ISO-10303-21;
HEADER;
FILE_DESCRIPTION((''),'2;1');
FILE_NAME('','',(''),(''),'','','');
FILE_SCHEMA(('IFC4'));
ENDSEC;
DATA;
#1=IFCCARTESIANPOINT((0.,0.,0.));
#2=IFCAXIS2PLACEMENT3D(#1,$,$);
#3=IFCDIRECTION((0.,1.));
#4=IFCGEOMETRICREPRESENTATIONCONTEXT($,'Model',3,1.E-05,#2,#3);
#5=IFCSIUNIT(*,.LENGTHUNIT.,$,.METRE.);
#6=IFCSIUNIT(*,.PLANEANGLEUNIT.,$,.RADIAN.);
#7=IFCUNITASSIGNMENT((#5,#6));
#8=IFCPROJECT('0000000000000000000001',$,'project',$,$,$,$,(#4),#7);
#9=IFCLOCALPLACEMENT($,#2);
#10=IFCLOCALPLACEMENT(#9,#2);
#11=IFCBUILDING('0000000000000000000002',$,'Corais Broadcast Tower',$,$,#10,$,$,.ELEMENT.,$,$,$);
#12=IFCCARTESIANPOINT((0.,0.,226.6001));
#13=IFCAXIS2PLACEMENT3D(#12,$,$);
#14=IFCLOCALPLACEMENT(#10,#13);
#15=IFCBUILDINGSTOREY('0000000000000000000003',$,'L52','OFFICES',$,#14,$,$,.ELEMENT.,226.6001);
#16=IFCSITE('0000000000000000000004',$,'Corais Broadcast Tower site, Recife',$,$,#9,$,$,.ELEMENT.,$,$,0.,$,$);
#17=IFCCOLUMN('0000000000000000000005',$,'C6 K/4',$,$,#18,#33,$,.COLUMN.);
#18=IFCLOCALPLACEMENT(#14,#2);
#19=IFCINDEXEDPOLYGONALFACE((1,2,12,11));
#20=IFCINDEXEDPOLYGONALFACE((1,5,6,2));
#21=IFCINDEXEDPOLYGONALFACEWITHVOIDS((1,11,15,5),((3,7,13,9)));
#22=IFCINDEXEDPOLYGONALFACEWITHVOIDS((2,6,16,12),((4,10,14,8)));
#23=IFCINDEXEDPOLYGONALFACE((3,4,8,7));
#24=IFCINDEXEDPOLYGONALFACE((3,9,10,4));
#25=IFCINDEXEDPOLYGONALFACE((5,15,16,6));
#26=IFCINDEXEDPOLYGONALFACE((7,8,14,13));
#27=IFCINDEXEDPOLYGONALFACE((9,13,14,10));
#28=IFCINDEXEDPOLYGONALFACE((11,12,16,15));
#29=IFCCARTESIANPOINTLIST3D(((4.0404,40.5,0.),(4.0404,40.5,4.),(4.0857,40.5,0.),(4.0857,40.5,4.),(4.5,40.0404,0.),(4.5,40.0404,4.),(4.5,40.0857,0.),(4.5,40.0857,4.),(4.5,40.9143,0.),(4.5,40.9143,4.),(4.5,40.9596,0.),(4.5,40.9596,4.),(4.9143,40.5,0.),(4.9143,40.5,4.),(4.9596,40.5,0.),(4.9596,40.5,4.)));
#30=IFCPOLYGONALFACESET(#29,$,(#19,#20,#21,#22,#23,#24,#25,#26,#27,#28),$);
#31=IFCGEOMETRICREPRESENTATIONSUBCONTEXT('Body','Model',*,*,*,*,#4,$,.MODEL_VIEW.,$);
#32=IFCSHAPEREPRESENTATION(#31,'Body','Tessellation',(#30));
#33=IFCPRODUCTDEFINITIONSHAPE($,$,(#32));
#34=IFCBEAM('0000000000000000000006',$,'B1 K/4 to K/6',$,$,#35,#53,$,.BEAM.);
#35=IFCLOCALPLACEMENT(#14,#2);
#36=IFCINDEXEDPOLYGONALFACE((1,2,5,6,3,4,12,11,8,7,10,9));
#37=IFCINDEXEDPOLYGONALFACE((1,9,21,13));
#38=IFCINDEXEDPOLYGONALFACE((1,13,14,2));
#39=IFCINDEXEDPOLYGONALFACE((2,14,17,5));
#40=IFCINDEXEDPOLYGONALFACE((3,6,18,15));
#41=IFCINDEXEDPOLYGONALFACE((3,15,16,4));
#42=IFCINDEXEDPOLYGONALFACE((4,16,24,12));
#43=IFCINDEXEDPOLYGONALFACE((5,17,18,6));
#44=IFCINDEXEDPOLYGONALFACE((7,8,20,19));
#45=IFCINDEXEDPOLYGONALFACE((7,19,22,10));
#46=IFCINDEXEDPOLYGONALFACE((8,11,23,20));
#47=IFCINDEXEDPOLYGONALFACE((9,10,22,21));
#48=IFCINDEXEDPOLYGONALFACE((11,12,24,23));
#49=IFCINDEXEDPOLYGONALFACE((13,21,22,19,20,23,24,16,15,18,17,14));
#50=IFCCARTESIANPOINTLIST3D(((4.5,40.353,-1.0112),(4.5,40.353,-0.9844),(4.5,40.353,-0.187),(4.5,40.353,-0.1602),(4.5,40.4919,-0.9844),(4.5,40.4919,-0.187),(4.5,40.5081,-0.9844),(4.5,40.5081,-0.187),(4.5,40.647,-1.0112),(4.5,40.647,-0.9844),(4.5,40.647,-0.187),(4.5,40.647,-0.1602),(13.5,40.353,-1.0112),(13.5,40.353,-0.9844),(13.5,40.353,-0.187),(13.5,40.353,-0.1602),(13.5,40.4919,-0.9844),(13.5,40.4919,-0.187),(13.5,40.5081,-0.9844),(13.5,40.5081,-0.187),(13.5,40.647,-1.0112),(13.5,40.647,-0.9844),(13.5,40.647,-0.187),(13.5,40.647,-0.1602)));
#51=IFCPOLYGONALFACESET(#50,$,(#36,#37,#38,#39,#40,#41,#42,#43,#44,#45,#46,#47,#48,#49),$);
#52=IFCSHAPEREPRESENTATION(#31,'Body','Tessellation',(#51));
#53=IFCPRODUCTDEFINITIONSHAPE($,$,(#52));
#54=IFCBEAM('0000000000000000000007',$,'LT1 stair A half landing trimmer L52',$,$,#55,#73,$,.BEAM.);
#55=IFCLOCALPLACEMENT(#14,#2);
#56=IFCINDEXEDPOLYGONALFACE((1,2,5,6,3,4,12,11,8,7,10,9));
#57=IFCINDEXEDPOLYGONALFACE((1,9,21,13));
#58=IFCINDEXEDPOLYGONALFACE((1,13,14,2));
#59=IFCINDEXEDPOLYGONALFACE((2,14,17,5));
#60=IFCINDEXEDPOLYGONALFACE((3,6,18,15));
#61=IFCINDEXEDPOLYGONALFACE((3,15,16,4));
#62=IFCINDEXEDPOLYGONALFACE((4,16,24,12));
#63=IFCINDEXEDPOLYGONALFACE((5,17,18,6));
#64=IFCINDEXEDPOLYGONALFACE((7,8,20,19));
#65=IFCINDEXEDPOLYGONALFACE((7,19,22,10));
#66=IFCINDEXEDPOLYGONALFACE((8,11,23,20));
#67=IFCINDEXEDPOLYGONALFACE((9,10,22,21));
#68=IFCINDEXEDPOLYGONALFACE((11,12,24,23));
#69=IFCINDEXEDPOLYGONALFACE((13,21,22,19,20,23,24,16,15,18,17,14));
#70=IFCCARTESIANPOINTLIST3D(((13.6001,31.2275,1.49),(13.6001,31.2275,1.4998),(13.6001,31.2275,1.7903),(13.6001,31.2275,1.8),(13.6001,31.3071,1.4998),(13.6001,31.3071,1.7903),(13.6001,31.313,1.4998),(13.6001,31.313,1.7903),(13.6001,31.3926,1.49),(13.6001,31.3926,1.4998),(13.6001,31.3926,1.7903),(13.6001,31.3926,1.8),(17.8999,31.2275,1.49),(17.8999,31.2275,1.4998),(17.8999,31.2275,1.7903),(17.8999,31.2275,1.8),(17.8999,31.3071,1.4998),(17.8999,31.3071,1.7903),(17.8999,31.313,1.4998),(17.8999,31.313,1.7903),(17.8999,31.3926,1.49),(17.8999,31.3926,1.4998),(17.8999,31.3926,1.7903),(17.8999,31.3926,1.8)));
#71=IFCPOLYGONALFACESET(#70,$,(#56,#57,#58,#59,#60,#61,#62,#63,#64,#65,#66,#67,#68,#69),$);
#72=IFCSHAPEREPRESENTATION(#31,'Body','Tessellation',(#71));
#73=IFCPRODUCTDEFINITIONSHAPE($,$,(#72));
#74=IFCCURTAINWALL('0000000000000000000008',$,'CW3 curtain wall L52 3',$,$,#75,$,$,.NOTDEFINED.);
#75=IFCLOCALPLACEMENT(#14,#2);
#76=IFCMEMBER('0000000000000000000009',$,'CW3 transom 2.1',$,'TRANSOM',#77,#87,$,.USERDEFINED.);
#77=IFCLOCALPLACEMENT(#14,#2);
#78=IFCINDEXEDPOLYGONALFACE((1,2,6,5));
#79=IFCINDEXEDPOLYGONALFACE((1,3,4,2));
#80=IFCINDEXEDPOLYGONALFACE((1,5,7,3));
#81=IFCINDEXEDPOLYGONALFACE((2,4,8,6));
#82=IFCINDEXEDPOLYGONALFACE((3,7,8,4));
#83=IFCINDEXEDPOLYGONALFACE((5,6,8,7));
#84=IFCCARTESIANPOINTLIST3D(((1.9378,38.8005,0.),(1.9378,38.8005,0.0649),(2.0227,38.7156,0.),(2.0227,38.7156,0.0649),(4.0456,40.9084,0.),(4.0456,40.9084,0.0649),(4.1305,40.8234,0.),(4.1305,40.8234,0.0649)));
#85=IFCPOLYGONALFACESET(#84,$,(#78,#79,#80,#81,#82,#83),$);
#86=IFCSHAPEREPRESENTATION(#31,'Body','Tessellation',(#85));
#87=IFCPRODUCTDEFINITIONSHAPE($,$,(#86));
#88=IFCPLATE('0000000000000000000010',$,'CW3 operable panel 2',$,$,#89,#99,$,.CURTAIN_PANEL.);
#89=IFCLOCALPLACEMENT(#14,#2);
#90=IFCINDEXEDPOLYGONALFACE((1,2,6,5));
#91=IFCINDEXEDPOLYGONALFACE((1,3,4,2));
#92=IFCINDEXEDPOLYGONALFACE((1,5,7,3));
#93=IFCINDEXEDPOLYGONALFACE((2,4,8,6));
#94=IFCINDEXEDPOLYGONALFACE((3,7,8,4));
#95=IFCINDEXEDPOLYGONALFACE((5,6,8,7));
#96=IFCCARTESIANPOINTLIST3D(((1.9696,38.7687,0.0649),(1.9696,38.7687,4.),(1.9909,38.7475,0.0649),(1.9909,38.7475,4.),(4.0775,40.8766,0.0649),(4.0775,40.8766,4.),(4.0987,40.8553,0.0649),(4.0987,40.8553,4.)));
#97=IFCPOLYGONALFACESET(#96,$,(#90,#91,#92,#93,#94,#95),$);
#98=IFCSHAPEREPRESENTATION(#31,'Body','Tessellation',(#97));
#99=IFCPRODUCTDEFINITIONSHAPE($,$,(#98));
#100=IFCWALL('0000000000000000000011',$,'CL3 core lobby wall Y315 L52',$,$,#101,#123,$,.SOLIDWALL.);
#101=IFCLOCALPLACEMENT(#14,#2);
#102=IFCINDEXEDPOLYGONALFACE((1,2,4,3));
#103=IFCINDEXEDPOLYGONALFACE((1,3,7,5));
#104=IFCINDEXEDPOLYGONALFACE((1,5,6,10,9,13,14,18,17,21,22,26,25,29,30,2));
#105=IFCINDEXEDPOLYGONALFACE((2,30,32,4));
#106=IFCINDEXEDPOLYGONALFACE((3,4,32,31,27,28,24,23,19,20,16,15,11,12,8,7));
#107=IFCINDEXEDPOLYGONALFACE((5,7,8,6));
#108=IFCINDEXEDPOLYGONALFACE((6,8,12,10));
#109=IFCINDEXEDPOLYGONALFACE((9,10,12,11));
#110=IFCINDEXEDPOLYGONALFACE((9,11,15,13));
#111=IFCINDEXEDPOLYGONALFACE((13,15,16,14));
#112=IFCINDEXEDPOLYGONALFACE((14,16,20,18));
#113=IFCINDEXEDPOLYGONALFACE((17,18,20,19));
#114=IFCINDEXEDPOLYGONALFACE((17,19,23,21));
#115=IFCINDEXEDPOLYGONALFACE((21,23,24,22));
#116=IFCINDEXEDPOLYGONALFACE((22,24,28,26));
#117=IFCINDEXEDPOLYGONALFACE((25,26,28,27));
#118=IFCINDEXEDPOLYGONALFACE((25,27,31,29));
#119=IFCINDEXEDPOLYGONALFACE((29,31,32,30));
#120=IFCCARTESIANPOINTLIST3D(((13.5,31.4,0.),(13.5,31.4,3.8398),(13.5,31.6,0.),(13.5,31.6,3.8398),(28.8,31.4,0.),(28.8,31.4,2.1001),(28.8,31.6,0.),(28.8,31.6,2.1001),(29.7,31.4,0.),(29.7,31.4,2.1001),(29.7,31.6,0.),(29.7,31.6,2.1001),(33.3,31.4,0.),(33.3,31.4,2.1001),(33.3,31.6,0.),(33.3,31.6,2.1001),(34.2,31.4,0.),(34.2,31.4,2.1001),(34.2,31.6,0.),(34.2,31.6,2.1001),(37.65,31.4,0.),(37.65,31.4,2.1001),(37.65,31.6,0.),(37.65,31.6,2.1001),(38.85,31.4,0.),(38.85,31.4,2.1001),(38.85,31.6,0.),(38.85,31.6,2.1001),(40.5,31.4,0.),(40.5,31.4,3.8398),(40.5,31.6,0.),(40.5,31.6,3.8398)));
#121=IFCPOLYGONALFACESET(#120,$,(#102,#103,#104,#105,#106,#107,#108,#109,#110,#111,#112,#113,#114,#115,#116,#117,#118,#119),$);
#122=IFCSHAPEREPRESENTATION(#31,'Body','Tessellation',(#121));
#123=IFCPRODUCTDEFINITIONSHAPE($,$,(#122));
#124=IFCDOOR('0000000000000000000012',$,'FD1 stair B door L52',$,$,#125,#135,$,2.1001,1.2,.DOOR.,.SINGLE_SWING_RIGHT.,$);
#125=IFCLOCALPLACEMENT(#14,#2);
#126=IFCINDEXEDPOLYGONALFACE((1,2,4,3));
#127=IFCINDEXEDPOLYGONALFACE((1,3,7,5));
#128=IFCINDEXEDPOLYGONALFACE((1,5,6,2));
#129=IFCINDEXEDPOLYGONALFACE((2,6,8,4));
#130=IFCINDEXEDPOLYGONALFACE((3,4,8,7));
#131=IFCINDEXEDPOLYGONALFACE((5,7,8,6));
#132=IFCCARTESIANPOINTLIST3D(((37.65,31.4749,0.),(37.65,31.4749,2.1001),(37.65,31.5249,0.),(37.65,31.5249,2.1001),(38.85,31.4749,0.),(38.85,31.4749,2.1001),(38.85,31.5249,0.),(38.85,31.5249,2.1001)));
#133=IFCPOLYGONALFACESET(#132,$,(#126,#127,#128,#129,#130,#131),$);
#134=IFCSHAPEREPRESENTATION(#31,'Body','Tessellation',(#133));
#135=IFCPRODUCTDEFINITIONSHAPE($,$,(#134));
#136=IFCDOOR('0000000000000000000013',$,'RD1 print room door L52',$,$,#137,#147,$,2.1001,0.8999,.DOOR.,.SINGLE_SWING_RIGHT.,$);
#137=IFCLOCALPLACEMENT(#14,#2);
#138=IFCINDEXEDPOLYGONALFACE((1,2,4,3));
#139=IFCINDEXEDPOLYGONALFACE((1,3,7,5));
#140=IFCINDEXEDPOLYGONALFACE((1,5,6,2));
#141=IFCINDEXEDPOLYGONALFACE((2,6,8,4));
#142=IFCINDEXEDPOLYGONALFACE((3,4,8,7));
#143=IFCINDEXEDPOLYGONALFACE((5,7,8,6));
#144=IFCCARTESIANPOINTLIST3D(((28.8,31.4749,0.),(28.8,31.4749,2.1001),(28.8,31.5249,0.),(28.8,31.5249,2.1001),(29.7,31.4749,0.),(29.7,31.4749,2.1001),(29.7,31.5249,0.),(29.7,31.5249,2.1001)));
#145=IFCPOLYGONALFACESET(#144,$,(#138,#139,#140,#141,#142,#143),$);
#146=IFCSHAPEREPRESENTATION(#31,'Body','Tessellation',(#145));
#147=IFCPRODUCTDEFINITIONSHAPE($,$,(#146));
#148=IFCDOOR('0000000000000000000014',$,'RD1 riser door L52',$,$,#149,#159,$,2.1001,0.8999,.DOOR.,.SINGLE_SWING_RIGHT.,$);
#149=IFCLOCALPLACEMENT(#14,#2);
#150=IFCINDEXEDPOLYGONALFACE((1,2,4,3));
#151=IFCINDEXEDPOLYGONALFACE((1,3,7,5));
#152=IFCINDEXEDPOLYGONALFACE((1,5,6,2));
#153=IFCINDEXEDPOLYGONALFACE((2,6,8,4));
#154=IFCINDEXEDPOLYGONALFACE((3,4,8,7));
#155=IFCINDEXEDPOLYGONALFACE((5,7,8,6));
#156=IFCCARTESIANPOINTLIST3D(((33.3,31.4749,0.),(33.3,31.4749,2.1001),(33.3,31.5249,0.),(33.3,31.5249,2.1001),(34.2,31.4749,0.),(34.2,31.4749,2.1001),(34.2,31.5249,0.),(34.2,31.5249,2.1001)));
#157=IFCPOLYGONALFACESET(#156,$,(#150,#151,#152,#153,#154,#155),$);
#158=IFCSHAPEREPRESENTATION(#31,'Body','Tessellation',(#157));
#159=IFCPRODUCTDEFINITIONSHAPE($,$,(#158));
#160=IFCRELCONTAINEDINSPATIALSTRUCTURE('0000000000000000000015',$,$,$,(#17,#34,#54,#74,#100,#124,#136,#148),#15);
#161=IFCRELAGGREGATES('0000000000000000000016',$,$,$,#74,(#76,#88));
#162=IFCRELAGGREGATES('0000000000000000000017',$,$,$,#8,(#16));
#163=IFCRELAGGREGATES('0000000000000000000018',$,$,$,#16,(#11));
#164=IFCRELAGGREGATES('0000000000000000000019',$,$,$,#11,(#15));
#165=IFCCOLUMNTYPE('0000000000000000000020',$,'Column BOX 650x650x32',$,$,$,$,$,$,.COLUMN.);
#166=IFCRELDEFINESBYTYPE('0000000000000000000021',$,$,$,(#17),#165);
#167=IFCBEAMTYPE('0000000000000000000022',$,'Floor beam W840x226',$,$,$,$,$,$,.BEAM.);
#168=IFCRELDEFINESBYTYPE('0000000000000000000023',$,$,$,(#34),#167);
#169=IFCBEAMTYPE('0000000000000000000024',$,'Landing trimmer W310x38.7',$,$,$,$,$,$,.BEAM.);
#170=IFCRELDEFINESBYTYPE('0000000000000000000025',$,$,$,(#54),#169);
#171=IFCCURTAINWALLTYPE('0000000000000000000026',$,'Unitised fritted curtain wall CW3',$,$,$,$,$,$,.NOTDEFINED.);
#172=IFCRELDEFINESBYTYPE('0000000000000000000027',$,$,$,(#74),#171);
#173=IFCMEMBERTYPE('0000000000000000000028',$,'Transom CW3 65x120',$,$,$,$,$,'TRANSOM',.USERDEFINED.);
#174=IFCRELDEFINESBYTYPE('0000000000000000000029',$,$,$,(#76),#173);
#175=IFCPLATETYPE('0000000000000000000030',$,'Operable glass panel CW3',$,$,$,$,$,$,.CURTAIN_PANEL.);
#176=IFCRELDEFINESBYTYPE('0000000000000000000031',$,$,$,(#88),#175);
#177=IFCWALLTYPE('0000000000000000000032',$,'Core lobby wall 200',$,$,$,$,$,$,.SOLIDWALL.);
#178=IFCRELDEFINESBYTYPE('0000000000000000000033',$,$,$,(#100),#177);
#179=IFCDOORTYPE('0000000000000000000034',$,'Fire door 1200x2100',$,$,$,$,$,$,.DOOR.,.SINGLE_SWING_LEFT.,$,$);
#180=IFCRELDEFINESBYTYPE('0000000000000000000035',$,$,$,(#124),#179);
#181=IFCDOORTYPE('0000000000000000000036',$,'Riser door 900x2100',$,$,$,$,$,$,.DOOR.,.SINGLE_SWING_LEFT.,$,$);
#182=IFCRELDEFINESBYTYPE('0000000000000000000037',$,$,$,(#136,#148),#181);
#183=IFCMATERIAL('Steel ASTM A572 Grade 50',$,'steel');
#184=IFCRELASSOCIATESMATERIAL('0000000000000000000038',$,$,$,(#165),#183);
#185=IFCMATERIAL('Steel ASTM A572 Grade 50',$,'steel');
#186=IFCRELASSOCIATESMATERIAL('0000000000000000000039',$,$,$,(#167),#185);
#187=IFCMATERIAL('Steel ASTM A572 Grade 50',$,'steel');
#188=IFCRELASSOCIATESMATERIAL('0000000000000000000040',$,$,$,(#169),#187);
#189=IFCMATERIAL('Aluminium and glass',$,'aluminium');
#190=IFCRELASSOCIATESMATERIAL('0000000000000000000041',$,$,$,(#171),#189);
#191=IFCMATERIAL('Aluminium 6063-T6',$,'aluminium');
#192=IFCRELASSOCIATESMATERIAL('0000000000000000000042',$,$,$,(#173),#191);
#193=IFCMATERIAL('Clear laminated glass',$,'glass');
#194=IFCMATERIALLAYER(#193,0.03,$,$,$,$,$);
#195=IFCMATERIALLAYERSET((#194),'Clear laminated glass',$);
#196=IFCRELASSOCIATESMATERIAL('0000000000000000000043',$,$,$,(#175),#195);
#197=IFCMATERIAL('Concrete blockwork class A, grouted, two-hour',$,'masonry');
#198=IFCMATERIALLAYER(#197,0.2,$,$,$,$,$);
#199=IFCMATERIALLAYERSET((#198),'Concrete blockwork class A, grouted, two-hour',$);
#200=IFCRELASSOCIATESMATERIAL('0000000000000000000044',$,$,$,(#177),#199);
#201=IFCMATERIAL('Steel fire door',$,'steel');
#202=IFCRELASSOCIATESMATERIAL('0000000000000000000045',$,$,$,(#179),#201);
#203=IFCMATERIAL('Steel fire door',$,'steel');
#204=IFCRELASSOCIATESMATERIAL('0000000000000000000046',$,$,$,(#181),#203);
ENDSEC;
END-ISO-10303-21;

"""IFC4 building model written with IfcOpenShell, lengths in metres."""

from ifc_helpers import new_model, si_unit, direction, frame, frame_2d, origin, origin_2d, place, context, subcontext, project, spatial, rectangle, hollow_rectangle, i_section, extrude, material, layer, layer_set, material_profile, profile_set, type_object, element, fill, aggregate, save


model = new_model("IFC4")

# Units and contexts
model_context = context("Model", 3, precision=1e-05, world=origin(), true_north=direction((0.0, 1.0)))
body_context = subcontext(model_context, "Body", "Model", "MODEL_VIEW")
ifc_project = project(units=[si_unit("LENGTHUNIT", "METRE"), si_unit("PLANEANGLEUNIT", "RADIAN")], contexts=[model_context])

# Site, building, storey
site_placement = place(None, origin())
site = spatial("IfcSite", under=ifc_project, at=site_placement, Name="Corais Broadcast Tower site, Recife", CompositionType="ELEMENT", RefElevation=0.0)
building_placement = place(site_placement, origin())
building = spatial("IfcBuilding", under=site, at=building_placement, Name="Corais Broadcast Tower", CompositionType="ELEMENT")
storey_placement = place(building_placement, frame((0.0, 0.0, 226.6001)))
storey = spatial("IfcBuildingStorey", under=building, at=storey_placement, Name="L52", Description="OFFICES", CompositionType="ELEMENT", Elevation=226.6001)

# Column
ifc_material_1 = material(Name="Steel ASTM A572 Grade 50", Category="steel")
ifc_material_profile_1 = material_profile(ifc_material_1, hollow_rectangle(XDim=0.6499, YDim=0.6499, WallThickness=0.032, at=origin_2d()), Name="BOX 650x650x32")
ifc_profile_set_1 = profile_set([ifc_material_profile_1], Name="Steel ASTM A572 Grade 50")
column_type = type_object("IfcColumnType", Name="Column BOX 650x650x32", PredefinedType="COLUMN", material=ifc_profile_set_1)
column_placement = place(storey_placement, frame((4.5, 40.5, 0.0), z_axis=(0.0, 0.0, 1.0), x_axis=(0.707107, 0.707107, 0.0)))
element("IfcColumn", 1, at=column_placement, inside=storey, type_object=column_type, Name="C6 K/4", PredefinedType="COLUMN", context=body_context, shape_type="SweptSolid", body=[
    extrude(hollow_rectangle(XDim=0.6499, YDim=0.6499, WallThickness=0.032, at=origin_2d()), origin(), (0.0, 0.0, 1.0), 4.0),
])

# Beams
ifc_material_2 = material(Name="Steel ASTM A572 Grade 50", Category="steel")
ifc_material_profile_2 = material_profile(ifc_material_2, i_section(OverallWidth=0.2939, OverallDepth=0.8511, WebThickness=0.0161, FlangeThickness=0.0269, at=origin_2d()), Name="W840x226")
ifc_profile_set_2 = profile_set([ifc_material_profile_2], Name="Steel ASTM A572 Grade 50")
beam_type_1 = type_object("IfcBeamType", Name="Floor beam W840x226", PredefinedType="BEAM", material=ifc_profile_set_2)
beam_1_placement = place(storey_placement, frame((4.5, 40.5, -0.5857), z_axis=(1.0, 0.0, 0.0), x_axis=(0.0, 1.0, 0.0)))
element("IfcBeam", 2, at=beam_1_placement, inside=storey, type_object=beam_type_1, Name="B1 K/4 to K/6", PredefinedType="BEAM", context=body_context, shape_type="SweptSolid", body=[
    extrude(i_section(OverallWidth=0.2939, OverallDepth=0.8511, WebThickness=0.0161, FlangeThickness=0.0269, at=origin_2d()), origin(), (0.0, 0.0, 1.0), 9.0),
])
ifc_material_3 = material(Name="Steel ASTM A572 Grade 50", Category="steel")
ifc_material_profile_3 = material_profile(ifc_material_3, i_section(OverallWidth=0.165, OverallDepth=0.3101, WebThickness=0.0059, FlangeThickness=0.0098, at=origin_2d()), Name="W310x38.7")
ifc_profile_set_3 = profile_set([ifc_material_profile_3], Name="Steel ASTM A572 Grade 50")
beam_type_2 = type_object("IfcBeamType", Name="Landing trimmer W310x38.7", PredefinedType="BEAM", material=ifc_profile_set_3)
beam_2_placement = place(storey_placement, frame((13.6001, 31.3101, 1.645), z_axis=(1.0, 0.0, 0.0), x_axis=(0.0, 1.0, 0.0)))
element("IfcBeam", 3, at=beam_2_placement, inside=storey, type_object=beam_type_2, Name="LT1 stair A half landing trimmer L52", PredefinedType="BEAM", context=body_context, shape_type="SweptSolid", body=[
    extrude(i_section(OverallWidth=0.165, OverallDepth=0.3101, WebThickness=0.0059, FlangeThickness=0.0098, at=origin_2d()), origin(), (0.0, 0.0, 1.0), 4.2998),
])

# Curtain wall, member, plate
ifc_material_4 = material(Name="Aluminium and glass", Category="aluminium")
curtain_wall_type = type_object("IfcCurtainWallType", Name="Unitised fritted curtain wall CW3", PredefinedType="NOTDEFINED", material=ifc_material_4)
curtain_wall_placement = place(storey_placement, origin())
curtain_wall = element("IfcCurtainWall", 4, at=curtain_wall_placement, inside=storey, type_object=curtain_wall_type, Name="CW3 curtain wall L52 3", PredefinedType="NOTDEFINED")
ifc_material_5 = material(Name="Aluminium 6063-T6", Category="aluminium")
ifc_material_profile_4 = material_profile(ifc_material_5, rectangle(XDim=0.1201, YDim=0.0649, at=origin_2d()), Name="Transom CW3 65x120")
ifc_profile_set_4 = profile_set([ifc_material_profile_4], Name="Aluminium 6063-T6")
member_type = type_object("IfcMemberType", Name="Transom CW3 65x120", ElementType="TRANSOM", PredefinedType="USERDEFINED", material=ifc_profile_set_4)
member_placement = place(storey_placement, frame((1.9802, 38.7581, 0.0325), z_axis=(0.707107, 0.707107, 0.0), x_axis=(-0.707107, 0.707107, 0.0)))
member = element("IfcMember", 5, at=member_placement, type_object=member_type, Name="CW3 transom 2.1", ObjectType="TRANSOM", PredefinedType="USERDEFINED", context=body_context, shape_type="SweptSolid", body=[
    extrude(rectangle(XDim=0.1201, YDim=0.0649, at=origin_2d()), origin(), (0.0, 0.0, 1.0), 2.981),
])
ifc_material_6 = material(Name="Clear laminated glass", Category="glass")
ifc_layer_1 = layer(ifc_material_6, 0.03)
ifc_layer_set_1 = layer_set([ifc_layer_1], Name="Clear laminated glass")
plate_type = type_object("IfcPlateType", Name="Operable glass panel CW3", PredefinedType="CURTAIN_PANEL", material=ifc_layer_set_1)
plate_placement = place(storey_placement, frame((3.0342, 39.812, 0.0649), z_axis=(0.0, 0.0, 1.0), x_axis=(0.707107, 0.707107, 0.0)))
plate = element("IfcPlate", 6, at=plate_placement, type_object=plate_type, Name="CW3 operable panel 2", PredefinedType="CURTAIN_PANEL", context=body_context, shape_type="SweptSolid", body=[
    extrude(rectangle(XDim=2.981, YDim=0.03, at=origin_2d()), origin(), (0.0, 0.0, 1.0), 3.9351),
])
aggregate(curtain_wall, [member, plate])

# Wall, openings, doors
ifc_material_7 = material(Name="Concrete blockwork class A, grouted, two-hour", Category="masonry")
ifc_layer_2 = layer(ifc_material_7, 0.2)
ifc_layer_set_2 = layer_set([ifc_layer_2], Name="Concrete blockwork class A, grouted, two-hour")
wall_type_1 = type_object("IfcWallType", Name="Core lobby wall 200", PredefinedType="SOLIDWALL", material=ifc_layer_set_2)
wall_1_placement = place(storey_placement, frame((13.5, 31.5, 0.0), z_axis=(0.0, 0.0, 1.0), x_axis=(1.0, 0.0, 0.0)))
wall_1 = element("IfcWall", 7, at=wall_1_placement, inside=storey, type_object=wall_type_1, Name="CL3 core lobby wall Y315 L52", PredefinedType="SOLIDWALL", context=body_context, shape_type="SweptSolid", body=[
    extrude(rectangle(XDim=27.0, YDim=0.2, at=frame_2d((13.5, 0.0))), origin(), (0.0, 0.0, 1.0), 3.8398),
])
opening_1_placement = place(wall_1_placement, frame((24.1499, 0.0, 0.0)))
opening_1 = element("IfcOpeningElement", 8, at=opening_1_placement, cuts=wall_1, PredefinedType="OPENING", context=body_context, shape_type="SweptSolid", body=[
    extrude(rectangle(XDim=1.2, YDim=2.1001, at=frame_2d((0.6001, 1.05))), frame((0.0, 0.1099, 0.0), z_axis=(0.0, -1.0, 0.0), x_axis=(1.0, 0.0, 0.0)), (0.0, 0.0, 1.0), 0.22),
])
opening_2_placement = place(wall_1_placement, frame((15.3, 0.0, 0.0)))
opening_2 = element("IfcOpeningElement", 9, at=opening_2_placement, cuts=wall_1, PredefinedType="OPENING", context=body_context, shape_type="SweptSolid", body=[
    extrude(rectangle(XDim=0.8999, YDim=2.1001, at=frame_2d((0.45, 1.05))), frame((0.0, 0.1099, 0.0), z_axis=(0.0, -1.0, 0.0), x_axis=(1.0, 0.0, 0.0)), (0.0, 0.0, 1.0), 0.22),
])
opening_3_placement = place(wall_1_placement, frame((19.8, 0.0, 0.0)))
opening_3 = element("IfcOpeningElement", 10, at=opening_3_placement, cuts=wall_1, PredefinedType="OPENING", context=body_context, shape_type="SweptSolid", body=[
    extrude(rectangle(XDim=0.8999, YDim=2.1001, at=frame_2d((0.45, 1.05))), frame((0.0, 0.1099, 0.0), z_axis=(0.0, -1.0, 0.0), x_axis=(1.0, 0.0, 0.0)), (0.0, 0.0, 1.0), 0.22),
])
ifc_material_8 = material(Name="Steel fire door", Category="steel")
door_type_1 = type_object("IfcDoorType", Name="Fire door 1200x2100", OperationType="SINGLE_SWING_LEFT", PredefinedType="DOOR", material=ifc_material_8)
door_1_placement = place(opening_1_placement, origin())
door_1 = element("IfcDoor", 11, at=door_1_placement, inside=storey, type_object=door_type_1, Name="FD1 stair B door L52", OperationType="SINGLE_SWING_RIGHT", OverallHeight=2.1001, OverallWidth=1.2, PredefinedType="DOOR", context=body_context, shape_type="SweptSolid", body=[
    extrude(rectangle(XDim=1.2, YDim=2.1001, at=frame_2d((0.6001, 1.05))), frame((0.0, 0.0249, 0.0), z_axis=(0.0, -1.0, 0.0), x_axis=(1.0, 0.0, 0.0)), (0.0, 0.0, 1.0), 0.05),
])
fill(opening_1, door_1)
ifc_material_9 = material(Name="Steel fire door", Category="steel")
door_type_2 = type_object("IfcDoorType", Name="Riser door 900x2100", OperationType="SINGLE_SWING_LEFT", PredefinedType="DOOR", material=ifc_material_9)
door_2_placement = place(opening_2_placement, origin())
door_2 = element("IfcDoor", 12, at=door_2_placement, inside=storey, type_object=door_type_2, Name="RD1 print room door L52", OperationType="SINGLE_SWING_RIGHT", OverallHeight=2.1001, OverallWidth=0.8999, PredefinedType="DOOR", context=body_context, shape_type="SweptSolid", body=[
    extrude(rectangle(XDim=0.8999, YDim=2.1001, at=frame_2d((0.45, 1.05))), frame((0.0, 0.0249, 0.0), z_axis=(0.0, -1.0, 0.0), x_axis=(1.0, 0.0, 0.0)), (0.0, 0.0, 1.0), 0.05),
])
fill(opening_2, door_2)
door_3_placement = place(opening_3_placement, origin())
door_3 = element("IfcDoor", 13, at=door_3_placement, inside=storey, type_object=door_type_2, Name="RD1 riser door L52", OperationType="SINGLE_SWING_RIGHT", OverallHeight=2.1001, OverallWidth=0.8999, PredefinedType="DOOR", context=body_context, shape_type="SweptSolid", body=[
    extrude(rectangle(XDim=0.8999, YDim=2.1001, at=frame_2d((0.45, 1.05))), frame((0.0, 0.0249, 0.0), z_axis=(0.0, -1.0, 0.0), x_axis=(1.0, 0.0, 0.0)), (0.0, 0.0, 1.0), 0.05),
])
fill(opening_3, door_3)

save(model, "model.ifc")
